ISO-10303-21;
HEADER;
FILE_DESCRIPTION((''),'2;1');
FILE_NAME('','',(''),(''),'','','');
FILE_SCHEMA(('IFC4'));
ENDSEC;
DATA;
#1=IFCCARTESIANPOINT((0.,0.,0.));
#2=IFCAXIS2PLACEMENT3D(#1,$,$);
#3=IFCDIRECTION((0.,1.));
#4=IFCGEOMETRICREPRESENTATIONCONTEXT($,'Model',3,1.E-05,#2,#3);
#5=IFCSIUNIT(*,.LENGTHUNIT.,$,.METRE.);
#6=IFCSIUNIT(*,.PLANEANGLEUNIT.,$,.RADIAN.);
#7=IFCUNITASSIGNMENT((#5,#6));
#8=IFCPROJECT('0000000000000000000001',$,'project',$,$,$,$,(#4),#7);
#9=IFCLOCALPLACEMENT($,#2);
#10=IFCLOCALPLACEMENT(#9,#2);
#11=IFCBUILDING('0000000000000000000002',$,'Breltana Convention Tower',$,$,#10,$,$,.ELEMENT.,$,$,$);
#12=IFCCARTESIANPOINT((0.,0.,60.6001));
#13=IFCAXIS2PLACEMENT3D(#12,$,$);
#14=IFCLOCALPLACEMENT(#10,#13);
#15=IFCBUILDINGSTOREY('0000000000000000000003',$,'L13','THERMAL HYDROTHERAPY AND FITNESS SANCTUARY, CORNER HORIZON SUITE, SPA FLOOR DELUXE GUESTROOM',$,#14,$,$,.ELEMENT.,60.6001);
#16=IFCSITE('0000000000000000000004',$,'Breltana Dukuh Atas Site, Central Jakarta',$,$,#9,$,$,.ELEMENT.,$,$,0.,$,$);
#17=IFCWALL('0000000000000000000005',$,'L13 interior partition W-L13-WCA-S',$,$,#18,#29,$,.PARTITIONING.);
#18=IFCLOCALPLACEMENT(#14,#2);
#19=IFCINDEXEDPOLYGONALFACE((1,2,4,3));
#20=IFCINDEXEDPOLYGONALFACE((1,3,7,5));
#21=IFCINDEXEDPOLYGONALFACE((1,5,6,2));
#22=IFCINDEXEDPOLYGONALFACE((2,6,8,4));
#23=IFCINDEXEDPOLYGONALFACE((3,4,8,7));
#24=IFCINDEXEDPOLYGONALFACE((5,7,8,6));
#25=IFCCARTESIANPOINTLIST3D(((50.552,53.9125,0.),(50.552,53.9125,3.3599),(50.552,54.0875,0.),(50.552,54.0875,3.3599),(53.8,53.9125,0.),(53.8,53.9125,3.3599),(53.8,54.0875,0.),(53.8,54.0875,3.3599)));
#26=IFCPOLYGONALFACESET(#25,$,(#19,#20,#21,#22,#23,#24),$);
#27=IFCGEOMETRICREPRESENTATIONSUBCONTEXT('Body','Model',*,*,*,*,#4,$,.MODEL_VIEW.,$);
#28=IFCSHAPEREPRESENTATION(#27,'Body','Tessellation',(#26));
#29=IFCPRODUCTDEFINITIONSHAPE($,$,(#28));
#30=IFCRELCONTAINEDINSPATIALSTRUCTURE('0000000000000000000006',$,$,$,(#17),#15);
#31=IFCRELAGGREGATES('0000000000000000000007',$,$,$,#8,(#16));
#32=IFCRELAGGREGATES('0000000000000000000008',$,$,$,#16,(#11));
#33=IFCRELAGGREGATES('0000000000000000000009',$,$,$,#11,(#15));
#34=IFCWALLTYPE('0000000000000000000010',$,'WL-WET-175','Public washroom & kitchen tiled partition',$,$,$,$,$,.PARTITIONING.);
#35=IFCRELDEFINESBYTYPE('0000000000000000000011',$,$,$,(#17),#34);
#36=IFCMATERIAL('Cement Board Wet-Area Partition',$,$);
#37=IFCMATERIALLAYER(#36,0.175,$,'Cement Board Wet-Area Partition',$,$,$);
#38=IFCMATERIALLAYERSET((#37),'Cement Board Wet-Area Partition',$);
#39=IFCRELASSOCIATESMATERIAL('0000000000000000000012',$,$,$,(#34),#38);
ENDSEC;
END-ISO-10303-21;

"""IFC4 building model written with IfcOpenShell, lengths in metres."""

from ifc_helpers import new_model, si_unit, direction, frame, frame_2d, origin, place, context, subcontext, project, spatial, rectangle, extrude, source, transform, mapped, material, layer, layer_set, type_object, element, save


model = new_model("IFC4")

# Units and contexts
model_context = context("Model", 3, precision=1e-05, world=origin(), true_north=direction((0.0, 1.0)))
body_context = subcontext(model_context, "Body", "Model", "MODEL_VIEW")
ifc_project = project(units=[si_unit("LENGTHUNIT", "METRE"), si_unit("PLANEANGLEUNIT", "RADIAN")], contexts=[model_context])

# Site, building, storey
site_placement = place(None, origin())
site = spatial("IfcSite", under=ifc_project, at=site_placement, Name="Breltana Dukuh Atas Site, Central Jakarta", CompositionType="ELEMENT", RefElevation=0.0)
building_placement = place(site_placement, origin())
building = spatial("IfcBuilding", under=site, at=building_placement, Name="Breltana Convention Tower", CompositionType="ELEMENT")
storey_placement = place(building_placement, frame((0.0, 0.0, 60.6001)))
storey = spatial("IfcBuildingStorey", under=building, at=storey_placement, Name="L13", Description="THERMAL HYDROTHERAPY AND FITNESS SANCTUARY, CORNER HORIZON SUITE, SPA FLOOR DELUXE GUESTROOM", CompositionType="ELEMENT", Elevation=60.6001)

# Wall
ifc_material_1 = material(Name="Cement Board Wet-Area Partition")
ifc_layer_1 = layer(ifc_material_1, 0.175, Name="Cement Board Wet-Area Partition")
ifc_layer_set_1 = layer_set([ifc_layer_1], Name="Cement Board Wet-Area Partition")
wall_type_1 = type_object("IfcWallType", Name="WL-WET-175", Description="Public washroom & kitchen tiled partition", PredefinedType="PARTITIONING", material=ifc_layer_set_1)
shared_shape_1 = source(origin(), body_context, "Body", "SweptSolid", [
    extrude(rectangle(XDim=3.248, YDim=0.175, at=frame_2d((1.624, 0.0))), origin(), (0.0, 0.0, 1.0), 3.3599),
])
wall_1_placement = place(storey_placement, frame((50.552, 54.0, 0.0), z_axis=(0.0, 0.0, 1.0), x_axis=(1.0, 0.0, 0.0)))
element("IfcWall", 1, at=wall_1_placement, inside=storey, type_object=wall_type_1, Name="L13 interior partition W-L13-WCA-S", PredefinedType="PARTITIONING", context=body_context, shape_type="MappedRepresentation", body=[
    mapped(shared_shape_1, transform((0.0, 0.0, 0.0), scale=1.0)),
])

save(model, "model.ifc")
